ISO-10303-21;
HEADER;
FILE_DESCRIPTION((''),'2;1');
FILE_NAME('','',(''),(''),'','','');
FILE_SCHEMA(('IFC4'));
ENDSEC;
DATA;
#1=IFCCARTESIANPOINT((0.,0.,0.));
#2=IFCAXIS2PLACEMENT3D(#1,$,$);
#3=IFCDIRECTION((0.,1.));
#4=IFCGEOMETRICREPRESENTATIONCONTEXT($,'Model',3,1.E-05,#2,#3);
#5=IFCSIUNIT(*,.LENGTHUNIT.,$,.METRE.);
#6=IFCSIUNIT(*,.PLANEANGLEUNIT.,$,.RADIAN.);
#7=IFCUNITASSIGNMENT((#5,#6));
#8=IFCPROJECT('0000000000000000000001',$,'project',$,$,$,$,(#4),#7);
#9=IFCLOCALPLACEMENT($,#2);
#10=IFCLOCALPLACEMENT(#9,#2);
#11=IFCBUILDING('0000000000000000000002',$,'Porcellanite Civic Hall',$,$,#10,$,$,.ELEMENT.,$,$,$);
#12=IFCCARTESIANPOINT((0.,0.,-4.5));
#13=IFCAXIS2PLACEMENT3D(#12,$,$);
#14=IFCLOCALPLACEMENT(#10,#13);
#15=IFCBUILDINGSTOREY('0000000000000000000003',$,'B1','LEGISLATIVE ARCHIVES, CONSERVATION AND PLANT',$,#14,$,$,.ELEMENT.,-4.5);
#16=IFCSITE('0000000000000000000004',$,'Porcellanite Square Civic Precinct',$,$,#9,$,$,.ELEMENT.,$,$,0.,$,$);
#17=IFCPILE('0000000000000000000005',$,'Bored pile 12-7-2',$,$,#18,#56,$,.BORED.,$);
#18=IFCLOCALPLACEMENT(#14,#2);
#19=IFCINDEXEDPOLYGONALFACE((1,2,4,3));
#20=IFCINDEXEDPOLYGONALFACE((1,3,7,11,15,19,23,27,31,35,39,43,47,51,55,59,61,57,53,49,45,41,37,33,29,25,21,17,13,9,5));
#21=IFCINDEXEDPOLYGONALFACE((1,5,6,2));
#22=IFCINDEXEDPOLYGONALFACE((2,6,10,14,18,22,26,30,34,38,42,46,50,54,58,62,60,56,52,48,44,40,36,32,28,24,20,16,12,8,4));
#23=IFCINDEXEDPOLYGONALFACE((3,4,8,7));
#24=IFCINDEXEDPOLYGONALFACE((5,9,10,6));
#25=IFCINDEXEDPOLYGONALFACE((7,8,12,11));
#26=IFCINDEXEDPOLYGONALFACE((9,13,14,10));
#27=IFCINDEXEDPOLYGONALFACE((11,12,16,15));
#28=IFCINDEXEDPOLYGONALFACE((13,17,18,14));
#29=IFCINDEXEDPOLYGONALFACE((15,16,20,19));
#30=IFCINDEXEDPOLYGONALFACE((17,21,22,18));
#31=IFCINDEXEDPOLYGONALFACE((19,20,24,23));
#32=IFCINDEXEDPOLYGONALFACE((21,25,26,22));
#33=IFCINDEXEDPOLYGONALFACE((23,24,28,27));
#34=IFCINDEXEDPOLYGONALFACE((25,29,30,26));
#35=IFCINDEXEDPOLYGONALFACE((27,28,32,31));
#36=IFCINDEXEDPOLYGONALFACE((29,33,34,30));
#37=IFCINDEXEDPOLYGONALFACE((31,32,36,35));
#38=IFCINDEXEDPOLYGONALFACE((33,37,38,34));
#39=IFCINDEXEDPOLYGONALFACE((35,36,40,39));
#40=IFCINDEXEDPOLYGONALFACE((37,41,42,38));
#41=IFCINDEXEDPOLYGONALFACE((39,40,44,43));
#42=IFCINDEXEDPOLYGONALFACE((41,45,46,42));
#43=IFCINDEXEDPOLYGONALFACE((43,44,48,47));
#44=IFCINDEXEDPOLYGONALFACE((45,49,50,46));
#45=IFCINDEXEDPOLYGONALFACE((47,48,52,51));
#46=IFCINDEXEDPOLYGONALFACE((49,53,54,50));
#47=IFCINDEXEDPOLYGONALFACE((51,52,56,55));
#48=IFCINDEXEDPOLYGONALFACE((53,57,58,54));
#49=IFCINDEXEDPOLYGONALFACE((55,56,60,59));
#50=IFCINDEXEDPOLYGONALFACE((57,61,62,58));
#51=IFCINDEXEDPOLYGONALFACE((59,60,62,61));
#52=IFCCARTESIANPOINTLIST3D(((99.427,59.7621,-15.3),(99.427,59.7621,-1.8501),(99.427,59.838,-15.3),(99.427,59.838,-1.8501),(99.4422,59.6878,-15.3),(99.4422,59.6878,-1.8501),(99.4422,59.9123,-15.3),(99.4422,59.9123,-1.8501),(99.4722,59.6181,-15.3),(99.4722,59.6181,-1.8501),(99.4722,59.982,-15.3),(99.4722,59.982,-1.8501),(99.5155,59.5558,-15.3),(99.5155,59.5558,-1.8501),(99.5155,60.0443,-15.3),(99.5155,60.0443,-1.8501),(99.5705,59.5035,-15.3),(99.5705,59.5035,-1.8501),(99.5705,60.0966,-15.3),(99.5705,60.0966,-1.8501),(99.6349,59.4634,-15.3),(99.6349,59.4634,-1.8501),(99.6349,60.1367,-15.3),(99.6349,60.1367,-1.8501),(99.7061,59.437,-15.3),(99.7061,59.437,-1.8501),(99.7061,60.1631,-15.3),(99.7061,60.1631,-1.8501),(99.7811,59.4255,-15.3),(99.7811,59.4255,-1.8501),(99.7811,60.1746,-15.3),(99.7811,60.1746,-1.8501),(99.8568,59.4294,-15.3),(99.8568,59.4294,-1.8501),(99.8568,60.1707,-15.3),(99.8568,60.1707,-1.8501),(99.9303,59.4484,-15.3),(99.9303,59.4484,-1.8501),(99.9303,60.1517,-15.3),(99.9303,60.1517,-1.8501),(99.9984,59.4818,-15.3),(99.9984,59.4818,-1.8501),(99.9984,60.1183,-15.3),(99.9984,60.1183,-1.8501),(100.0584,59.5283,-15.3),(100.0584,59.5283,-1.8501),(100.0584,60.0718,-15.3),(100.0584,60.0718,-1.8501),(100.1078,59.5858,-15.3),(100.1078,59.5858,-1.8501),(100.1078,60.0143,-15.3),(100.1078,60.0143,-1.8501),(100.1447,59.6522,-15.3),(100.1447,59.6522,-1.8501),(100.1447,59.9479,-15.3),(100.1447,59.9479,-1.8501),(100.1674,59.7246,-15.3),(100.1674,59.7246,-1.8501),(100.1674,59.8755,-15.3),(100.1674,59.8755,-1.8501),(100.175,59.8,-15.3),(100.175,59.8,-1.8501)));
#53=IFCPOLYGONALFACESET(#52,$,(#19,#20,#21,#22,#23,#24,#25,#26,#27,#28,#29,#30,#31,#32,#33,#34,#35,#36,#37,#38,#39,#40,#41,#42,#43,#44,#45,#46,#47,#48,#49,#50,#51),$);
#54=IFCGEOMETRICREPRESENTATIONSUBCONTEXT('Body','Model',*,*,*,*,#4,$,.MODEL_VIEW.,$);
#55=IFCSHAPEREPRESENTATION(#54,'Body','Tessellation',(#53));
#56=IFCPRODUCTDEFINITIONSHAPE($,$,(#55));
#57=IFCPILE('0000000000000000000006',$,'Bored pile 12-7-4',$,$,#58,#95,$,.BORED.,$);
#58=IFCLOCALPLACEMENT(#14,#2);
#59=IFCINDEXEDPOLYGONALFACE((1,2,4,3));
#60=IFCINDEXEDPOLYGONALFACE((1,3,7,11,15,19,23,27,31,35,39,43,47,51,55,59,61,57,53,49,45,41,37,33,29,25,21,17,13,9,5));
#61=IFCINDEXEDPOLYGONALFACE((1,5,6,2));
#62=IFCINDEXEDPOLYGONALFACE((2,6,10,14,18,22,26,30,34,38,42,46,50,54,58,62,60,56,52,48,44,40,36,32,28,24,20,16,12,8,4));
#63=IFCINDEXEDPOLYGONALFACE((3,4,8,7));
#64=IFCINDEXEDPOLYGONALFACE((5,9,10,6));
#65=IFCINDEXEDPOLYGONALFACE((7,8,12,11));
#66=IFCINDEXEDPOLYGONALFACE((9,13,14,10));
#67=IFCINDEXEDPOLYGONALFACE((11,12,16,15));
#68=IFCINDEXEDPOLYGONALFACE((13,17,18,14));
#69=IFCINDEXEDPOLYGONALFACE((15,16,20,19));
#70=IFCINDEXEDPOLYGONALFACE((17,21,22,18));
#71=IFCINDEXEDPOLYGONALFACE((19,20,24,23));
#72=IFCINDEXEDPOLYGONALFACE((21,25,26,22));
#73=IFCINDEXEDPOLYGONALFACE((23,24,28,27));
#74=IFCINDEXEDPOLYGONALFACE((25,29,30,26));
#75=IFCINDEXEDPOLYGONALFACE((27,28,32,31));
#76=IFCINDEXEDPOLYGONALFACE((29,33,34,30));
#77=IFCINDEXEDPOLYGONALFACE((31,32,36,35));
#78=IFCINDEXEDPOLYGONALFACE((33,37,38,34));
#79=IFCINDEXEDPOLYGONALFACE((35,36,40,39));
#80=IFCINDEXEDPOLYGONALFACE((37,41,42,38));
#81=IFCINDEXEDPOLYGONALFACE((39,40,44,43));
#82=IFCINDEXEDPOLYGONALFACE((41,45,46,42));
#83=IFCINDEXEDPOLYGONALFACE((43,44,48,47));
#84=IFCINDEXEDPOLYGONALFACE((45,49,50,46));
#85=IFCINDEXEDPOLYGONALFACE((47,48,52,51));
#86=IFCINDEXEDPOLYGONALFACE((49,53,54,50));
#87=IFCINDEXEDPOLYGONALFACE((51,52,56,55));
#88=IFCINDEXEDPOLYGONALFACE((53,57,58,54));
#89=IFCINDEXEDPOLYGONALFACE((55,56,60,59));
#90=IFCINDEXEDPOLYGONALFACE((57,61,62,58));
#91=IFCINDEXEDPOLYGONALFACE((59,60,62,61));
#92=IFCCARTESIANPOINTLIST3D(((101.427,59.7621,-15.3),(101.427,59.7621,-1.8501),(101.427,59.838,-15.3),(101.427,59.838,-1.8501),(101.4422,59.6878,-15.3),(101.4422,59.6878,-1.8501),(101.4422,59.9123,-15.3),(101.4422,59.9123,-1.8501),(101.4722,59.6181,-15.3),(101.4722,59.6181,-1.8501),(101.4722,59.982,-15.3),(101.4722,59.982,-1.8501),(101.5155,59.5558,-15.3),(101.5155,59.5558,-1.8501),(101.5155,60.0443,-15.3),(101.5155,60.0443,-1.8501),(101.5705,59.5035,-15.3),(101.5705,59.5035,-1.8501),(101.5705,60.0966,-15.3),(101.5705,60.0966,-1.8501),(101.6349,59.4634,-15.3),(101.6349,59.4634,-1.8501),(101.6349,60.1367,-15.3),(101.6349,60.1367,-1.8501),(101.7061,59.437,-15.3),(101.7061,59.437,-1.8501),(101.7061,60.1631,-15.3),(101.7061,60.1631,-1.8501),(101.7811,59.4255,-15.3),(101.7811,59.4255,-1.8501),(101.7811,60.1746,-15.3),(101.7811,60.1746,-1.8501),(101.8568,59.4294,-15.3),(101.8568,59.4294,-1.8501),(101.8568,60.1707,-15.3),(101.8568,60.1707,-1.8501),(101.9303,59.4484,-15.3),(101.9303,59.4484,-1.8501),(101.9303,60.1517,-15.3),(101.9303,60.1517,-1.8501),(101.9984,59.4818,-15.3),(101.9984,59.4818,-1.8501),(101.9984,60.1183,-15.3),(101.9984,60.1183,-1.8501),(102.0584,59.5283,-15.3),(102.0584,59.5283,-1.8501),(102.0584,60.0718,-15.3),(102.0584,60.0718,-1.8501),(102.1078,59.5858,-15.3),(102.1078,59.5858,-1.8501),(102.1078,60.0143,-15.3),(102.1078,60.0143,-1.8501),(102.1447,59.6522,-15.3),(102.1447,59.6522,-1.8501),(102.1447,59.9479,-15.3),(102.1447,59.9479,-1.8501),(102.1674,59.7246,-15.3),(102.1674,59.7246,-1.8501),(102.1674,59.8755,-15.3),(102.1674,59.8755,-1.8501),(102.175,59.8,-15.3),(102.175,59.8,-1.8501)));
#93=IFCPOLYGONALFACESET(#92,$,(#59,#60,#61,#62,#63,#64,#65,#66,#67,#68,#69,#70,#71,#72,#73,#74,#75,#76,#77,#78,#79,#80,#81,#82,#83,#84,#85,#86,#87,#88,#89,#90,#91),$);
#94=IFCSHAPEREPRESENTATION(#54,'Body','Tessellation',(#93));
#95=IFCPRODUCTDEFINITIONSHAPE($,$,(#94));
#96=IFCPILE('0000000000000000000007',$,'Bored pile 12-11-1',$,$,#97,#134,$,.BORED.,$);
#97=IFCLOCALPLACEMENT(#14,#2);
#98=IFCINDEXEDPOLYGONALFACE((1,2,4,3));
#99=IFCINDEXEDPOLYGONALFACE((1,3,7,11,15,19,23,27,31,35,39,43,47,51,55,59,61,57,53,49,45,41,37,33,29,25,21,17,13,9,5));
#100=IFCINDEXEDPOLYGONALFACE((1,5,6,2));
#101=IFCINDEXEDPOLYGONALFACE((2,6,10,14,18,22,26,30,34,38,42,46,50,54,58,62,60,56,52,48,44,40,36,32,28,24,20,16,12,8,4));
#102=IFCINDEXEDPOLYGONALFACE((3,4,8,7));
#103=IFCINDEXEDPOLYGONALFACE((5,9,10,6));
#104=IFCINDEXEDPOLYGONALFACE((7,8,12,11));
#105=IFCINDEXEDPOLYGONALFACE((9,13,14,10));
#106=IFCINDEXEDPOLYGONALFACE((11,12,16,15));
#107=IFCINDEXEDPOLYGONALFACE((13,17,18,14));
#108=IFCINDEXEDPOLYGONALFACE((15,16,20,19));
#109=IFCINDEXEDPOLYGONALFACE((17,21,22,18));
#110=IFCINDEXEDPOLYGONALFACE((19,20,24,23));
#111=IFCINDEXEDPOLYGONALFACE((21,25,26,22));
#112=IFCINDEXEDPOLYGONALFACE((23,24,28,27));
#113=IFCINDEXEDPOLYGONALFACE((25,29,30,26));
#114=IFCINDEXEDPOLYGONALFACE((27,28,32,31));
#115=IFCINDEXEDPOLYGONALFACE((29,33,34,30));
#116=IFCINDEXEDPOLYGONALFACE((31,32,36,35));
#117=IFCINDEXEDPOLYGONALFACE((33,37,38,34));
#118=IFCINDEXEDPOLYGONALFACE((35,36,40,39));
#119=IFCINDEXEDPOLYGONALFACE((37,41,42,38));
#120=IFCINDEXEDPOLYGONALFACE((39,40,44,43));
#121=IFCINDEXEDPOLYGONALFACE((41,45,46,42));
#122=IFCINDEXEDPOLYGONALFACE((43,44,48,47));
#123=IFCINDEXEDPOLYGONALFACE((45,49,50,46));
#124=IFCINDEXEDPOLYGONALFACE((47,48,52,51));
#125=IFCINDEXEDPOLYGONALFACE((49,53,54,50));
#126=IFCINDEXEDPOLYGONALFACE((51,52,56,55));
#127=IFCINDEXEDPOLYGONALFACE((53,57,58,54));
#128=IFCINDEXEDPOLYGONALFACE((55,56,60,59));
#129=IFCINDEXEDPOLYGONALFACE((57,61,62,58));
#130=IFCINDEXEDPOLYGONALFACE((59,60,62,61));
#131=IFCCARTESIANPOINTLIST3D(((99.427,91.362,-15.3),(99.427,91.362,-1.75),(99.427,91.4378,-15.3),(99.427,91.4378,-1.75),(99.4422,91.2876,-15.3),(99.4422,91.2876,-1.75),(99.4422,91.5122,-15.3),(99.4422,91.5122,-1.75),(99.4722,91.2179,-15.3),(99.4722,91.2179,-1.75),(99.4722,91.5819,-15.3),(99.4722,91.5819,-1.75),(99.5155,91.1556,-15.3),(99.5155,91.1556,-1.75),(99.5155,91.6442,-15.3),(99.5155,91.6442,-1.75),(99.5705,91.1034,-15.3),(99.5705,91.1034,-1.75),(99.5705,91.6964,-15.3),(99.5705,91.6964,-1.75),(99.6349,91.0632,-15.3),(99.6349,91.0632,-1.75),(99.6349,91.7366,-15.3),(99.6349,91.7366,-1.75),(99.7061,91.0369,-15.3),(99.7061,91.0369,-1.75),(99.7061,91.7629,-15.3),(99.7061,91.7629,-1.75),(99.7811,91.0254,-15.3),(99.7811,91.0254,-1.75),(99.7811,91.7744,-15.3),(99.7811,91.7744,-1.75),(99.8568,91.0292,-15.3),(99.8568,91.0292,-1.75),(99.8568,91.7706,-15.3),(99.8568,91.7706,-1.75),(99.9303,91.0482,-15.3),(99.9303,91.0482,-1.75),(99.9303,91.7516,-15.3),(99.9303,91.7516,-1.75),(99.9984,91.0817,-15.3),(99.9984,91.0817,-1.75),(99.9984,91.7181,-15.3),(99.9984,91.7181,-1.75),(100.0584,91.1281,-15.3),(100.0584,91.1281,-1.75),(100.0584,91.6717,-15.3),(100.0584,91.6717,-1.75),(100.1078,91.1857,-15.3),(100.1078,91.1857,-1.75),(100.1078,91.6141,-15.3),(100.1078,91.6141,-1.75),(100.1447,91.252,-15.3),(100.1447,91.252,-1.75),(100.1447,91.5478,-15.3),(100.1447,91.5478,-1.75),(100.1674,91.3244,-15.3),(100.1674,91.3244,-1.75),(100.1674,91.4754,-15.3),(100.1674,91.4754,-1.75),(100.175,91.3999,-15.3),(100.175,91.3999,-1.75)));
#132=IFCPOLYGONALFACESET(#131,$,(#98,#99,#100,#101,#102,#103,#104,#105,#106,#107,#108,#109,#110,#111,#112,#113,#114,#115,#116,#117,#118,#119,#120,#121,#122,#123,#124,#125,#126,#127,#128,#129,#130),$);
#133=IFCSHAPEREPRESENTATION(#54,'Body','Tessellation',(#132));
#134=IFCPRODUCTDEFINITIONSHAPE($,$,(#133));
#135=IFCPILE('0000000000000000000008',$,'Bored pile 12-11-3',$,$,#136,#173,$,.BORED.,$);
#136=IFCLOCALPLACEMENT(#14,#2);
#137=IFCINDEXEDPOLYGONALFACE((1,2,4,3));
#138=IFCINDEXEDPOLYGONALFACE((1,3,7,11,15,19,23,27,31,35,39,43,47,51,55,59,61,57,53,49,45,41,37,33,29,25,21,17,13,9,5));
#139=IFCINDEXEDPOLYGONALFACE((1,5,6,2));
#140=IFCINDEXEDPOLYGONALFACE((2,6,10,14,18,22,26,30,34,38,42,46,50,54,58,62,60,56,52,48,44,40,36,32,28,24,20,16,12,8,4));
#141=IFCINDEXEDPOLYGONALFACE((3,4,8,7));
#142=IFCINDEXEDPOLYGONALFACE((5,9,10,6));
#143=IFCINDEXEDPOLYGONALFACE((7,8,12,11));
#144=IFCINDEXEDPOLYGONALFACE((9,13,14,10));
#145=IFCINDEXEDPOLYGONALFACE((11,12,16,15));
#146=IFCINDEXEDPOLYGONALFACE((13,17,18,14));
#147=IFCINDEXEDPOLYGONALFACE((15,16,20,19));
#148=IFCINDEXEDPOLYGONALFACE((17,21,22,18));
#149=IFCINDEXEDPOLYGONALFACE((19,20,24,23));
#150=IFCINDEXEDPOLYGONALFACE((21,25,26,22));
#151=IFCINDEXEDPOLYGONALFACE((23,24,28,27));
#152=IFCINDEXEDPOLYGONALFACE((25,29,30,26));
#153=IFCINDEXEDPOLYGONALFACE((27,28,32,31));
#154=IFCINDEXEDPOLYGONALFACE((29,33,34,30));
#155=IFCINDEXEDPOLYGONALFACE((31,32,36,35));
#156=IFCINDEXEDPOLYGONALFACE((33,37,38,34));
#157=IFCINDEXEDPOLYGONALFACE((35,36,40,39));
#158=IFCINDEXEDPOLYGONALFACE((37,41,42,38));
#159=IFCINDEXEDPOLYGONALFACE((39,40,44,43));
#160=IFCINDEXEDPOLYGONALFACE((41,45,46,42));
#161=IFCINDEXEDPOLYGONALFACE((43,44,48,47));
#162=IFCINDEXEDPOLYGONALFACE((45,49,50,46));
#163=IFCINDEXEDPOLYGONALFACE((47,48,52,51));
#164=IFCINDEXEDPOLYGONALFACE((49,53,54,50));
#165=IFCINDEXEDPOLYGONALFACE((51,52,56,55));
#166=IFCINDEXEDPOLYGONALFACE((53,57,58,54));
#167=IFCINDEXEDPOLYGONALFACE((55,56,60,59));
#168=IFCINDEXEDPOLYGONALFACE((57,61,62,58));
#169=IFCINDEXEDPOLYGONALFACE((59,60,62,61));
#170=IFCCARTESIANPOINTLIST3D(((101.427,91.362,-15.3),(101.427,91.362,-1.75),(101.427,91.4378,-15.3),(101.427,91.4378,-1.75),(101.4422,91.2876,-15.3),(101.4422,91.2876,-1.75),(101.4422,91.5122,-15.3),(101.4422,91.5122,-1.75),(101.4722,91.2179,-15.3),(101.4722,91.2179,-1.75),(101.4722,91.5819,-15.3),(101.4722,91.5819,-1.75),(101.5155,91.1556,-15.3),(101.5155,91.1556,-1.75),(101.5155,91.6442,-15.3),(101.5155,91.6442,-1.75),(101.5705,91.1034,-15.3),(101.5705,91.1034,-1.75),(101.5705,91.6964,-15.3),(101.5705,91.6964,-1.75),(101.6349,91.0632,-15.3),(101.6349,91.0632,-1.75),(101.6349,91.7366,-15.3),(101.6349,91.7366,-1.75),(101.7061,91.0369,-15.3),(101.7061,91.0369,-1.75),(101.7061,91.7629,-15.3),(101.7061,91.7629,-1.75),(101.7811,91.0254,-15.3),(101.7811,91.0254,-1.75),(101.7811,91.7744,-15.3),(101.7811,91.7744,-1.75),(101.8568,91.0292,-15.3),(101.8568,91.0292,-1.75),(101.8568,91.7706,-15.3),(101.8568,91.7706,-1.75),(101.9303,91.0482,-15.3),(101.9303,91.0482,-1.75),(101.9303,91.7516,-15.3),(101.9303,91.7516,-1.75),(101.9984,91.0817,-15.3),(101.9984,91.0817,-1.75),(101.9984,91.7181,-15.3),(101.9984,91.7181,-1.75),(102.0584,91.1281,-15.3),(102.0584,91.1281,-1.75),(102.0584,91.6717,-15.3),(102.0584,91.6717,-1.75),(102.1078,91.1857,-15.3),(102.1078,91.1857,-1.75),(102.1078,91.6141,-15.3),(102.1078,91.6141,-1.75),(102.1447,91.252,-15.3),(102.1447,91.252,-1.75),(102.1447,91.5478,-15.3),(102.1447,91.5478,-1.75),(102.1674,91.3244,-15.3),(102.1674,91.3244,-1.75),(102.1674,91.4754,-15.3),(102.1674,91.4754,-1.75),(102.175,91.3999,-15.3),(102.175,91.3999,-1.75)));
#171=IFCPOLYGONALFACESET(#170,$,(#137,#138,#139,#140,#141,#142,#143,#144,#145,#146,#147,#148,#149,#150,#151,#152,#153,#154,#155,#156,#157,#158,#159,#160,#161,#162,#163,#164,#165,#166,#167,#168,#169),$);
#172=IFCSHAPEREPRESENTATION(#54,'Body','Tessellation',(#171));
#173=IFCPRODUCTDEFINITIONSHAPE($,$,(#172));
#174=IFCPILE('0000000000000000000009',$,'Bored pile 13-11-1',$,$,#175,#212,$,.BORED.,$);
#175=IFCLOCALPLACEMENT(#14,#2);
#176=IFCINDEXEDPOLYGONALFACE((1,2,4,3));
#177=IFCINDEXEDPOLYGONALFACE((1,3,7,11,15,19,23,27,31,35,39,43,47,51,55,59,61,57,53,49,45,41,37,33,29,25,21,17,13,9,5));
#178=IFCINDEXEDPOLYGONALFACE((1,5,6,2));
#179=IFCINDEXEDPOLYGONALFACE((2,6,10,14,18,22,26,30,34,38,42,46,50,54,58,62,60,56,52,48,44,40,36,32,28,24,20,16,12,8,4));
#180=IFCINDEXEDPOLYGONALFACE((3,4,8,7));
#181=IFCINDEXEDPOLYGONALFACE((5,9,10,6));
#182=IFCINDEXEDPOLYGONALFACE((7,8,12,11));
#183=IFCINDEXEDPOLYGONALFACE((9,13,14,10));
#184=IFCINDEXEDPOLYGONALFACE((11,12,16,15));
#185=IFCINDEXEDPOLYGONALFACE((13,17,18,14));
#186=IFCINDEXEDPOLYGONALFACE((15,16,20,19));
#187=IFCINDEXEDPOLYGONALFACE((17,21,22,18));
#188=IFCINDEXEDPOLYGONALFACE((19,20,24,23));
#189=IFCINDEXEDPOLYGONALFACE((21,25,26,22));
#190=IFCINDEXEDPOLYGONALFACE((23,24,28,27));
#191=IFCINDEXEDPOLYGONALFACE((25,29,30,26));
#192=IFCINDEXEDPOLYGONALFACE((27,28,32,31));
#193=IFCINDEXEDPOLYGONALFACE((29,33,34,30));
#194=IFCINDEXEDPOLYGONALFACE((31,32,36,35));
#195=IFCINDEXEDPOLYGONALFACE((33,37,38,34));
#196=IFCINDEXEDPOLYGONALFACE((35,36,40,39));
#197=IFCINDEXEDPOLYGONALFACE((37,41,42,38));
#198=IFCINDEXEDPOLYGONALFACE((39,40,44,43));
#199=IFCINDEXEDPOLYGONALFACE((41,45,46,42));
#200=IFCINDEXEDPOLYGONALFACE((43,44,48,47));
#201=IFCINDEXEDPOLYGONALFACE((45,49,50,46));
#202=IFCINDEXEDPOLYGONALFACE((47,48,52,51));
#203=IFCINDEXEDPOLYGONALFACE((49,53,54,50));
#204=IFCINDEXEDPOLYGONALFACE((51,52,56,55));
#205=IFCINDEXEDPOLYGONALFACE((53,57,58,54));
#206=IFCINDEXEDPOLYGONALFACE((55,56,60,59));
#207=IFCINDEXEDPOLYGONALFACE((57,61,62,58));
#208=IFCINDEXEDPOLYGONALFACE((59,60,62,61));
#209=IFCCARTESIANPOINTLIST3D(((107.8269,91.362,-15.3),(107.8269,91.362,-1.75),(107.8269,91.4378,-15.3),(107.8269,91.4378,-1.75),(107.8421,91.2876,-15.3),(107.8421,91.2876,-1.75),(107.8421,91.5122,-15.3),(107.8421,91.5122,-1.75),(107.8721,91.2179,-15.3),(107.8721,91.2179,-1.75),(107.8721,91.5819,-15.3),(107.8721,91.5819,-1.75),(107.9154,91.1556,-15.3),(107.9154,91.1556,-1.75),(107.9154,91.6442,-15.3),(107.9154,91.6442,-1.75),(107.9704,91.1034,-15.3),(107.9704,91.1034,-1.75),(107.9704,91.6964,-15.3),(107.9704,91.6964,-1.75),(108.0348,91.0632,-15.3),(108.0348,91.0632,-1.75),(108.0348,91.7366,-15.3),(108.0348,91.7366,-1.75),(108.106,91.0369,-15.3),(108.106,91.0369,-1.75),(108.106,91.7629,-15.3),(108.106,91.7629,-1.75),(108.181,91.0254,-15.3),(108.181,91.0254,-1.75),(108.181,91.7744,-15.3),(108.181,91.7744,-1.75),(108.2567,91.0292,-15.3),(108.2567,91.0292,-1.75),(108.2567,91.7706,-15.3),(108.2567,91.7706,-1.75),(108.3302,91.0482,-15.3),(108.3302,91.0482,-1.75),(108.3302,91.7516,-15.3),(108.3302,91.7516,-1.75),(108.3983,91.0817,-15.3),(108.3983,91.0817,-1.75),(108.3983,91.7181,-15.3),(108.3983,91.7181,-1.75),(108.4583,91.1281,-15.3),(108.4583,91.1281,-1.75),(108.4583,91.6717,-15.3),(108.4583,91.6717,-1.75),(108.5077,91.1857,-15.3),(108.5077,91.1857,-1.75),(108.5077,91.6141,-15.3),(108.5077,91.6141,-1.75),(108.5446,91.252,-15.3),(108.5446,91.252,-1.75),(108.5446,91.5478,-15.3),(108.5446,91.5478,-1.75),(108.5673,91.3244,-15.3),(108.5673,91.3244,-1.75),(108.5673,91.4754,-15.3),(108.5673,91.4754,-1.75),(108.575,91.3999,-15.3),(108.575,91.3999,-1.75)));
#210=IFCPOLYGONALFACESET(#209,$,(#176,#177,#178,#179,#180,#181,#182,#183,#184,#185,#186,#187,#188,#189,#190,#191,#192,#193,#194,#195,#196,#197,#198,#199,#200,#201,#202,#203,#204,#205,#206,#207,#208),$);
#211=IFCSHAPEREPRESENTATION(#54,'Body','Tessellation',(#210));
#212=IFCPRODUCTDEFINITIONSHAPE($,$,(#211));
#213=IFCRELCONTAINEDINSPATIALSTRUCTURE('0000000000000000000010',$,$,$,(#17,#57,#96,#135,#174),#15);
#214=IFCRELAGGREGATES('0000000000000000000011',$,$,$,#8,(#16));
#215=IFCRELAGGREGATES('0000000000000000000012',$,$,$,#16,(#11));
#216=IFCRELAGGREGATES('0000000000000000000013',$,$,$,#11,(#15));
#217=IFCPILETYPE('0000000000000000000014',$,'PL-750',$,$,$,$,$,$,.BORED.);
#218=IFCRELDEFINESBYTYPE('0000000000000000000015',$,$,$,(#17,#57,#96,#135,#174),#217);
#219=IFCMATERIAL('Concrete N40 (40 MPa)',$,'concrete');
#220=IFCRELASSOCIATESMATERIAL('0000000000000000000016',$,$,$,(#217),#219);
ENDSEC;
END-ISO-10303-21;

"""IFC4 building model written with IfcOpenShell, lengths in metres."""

from ifc_helpers import new_model, si_unit, direction, frame, origin, origin_2d, place, context, subcontext, project, spatial, circle, extrude, material, material_profile, profile_set, type_object, element, save


model = new_model("IFC4")

# Units and contexts
model_context = context("Model", 3, precision=1e-05, world=origin(), true_north=direction((0.0, 1.0)))
body_context = subcontext(model_context, "Body", "Model", "MODEL_VIEW")
ifc_project = project(units=[si_unit("LENGTHUNIT", "METRE"), si_unit("PLANEANGLEUNIT", "RADIAN")], contexts=[model_context])

# Site, building, storey
site_placement = place(None, origin())
site = spatial("IfcSite", under=ifc_project, at=site_placement, Name="Porcellanite Square Civic Precinct", CompositionType="ELEMENT", RefElevation=0.0)
building_placement = place(site_placement, origin())
building = spatial("IfcBuilding", under=site, at=building_placement, Name="Porcellanite Civic Hall", CompositionType="ELEMENT")
storey_placement = place(building_placement, frame((0.0, 0.0, -4.5)))
storey = spatial("IfcBuildingStorey", under=building, at=storey_placement, Name="B1", Description="LEGISLATIVE ARCHIVES, CONSERVATION AND PLANT", CompositionType="ELEMENT", Elevation=-4.5)

# Piles
ifc_material_1 = material(Name="Concrete N40 (40 MPa)", Category="concrete")
ifc_material_profile_1 = material_profile(ifc_material_1, circle(Radius=0.375, at=origin_2d()), Name="PILE-D750")
ifc_profile_set_1 = profile_set([ifc_material_profile_1], Name="Concrete N40 (40 MPa)")
pile_type_1 = type_object("IfcPileType", Name="PL-750", PredefinedType="BORED", material=ifc_profile_set_1)
for number, where, z_axis, x_axis, name in (
    (1, (99.8, 59.8, -1.8501), (0.0, 0.0, -1.0), (1.0, 0.0, 0.0), "Bored pile 12-7-2"),
    (2, (101.8, 59.8, -1.8501), (0.0, 0.0, -1.0), (1.0, 0.0, 0.0), "Bored pile 12-7-4"),
):
    element("IfcPile", number, at=place(storey_placement, frame(where, z_axis=z_axis, x_axis=x_axis)), inside=storey, type_object=pile_type_1, Name=name, PredefinedType="BORED", context=body_context, shape_type="SweptSolid", body=[
        extrude(circle(Radius=0.375, at=origin_2d()), origin(), (0.0, 0.0, 1.0), 13.45),
    ])
for number, where, z_axis, x_axis, name in (
    (3, (99.8, 91.3999, -1.75), (0.0, 0.0, -1.0), (1.0, 0.0, 0.0), "Bored pile 12-11-1"),
    (4, (101.8, 91.3999, -1.75), (0.0, 0.0, -1.0), (1.0, 0.0, 0.0), "Bored pile 12-11-3"),
    (5, (108.2, 91.3999, -1.75), (0.0, 0.0, -1.0), (1.0, 0.0, 0.0), "Bored pile 13-11-1"),
):
    element("IfcPile", number, at=place(storey_placement, frame(where, z_axis=z_axis, x_axis=x_axis)), inside=storey, type_object=pile_type_1, Name=name, PredefinedType="BORED", context=body_context, shape_type="SweptSolid", body=[
        extrude(circle(Radius=0.375, at=origin_2d()), origin(), (0.0, 0.0, 1.0), 13.55),
    ])

save(model, "model.ifc")
